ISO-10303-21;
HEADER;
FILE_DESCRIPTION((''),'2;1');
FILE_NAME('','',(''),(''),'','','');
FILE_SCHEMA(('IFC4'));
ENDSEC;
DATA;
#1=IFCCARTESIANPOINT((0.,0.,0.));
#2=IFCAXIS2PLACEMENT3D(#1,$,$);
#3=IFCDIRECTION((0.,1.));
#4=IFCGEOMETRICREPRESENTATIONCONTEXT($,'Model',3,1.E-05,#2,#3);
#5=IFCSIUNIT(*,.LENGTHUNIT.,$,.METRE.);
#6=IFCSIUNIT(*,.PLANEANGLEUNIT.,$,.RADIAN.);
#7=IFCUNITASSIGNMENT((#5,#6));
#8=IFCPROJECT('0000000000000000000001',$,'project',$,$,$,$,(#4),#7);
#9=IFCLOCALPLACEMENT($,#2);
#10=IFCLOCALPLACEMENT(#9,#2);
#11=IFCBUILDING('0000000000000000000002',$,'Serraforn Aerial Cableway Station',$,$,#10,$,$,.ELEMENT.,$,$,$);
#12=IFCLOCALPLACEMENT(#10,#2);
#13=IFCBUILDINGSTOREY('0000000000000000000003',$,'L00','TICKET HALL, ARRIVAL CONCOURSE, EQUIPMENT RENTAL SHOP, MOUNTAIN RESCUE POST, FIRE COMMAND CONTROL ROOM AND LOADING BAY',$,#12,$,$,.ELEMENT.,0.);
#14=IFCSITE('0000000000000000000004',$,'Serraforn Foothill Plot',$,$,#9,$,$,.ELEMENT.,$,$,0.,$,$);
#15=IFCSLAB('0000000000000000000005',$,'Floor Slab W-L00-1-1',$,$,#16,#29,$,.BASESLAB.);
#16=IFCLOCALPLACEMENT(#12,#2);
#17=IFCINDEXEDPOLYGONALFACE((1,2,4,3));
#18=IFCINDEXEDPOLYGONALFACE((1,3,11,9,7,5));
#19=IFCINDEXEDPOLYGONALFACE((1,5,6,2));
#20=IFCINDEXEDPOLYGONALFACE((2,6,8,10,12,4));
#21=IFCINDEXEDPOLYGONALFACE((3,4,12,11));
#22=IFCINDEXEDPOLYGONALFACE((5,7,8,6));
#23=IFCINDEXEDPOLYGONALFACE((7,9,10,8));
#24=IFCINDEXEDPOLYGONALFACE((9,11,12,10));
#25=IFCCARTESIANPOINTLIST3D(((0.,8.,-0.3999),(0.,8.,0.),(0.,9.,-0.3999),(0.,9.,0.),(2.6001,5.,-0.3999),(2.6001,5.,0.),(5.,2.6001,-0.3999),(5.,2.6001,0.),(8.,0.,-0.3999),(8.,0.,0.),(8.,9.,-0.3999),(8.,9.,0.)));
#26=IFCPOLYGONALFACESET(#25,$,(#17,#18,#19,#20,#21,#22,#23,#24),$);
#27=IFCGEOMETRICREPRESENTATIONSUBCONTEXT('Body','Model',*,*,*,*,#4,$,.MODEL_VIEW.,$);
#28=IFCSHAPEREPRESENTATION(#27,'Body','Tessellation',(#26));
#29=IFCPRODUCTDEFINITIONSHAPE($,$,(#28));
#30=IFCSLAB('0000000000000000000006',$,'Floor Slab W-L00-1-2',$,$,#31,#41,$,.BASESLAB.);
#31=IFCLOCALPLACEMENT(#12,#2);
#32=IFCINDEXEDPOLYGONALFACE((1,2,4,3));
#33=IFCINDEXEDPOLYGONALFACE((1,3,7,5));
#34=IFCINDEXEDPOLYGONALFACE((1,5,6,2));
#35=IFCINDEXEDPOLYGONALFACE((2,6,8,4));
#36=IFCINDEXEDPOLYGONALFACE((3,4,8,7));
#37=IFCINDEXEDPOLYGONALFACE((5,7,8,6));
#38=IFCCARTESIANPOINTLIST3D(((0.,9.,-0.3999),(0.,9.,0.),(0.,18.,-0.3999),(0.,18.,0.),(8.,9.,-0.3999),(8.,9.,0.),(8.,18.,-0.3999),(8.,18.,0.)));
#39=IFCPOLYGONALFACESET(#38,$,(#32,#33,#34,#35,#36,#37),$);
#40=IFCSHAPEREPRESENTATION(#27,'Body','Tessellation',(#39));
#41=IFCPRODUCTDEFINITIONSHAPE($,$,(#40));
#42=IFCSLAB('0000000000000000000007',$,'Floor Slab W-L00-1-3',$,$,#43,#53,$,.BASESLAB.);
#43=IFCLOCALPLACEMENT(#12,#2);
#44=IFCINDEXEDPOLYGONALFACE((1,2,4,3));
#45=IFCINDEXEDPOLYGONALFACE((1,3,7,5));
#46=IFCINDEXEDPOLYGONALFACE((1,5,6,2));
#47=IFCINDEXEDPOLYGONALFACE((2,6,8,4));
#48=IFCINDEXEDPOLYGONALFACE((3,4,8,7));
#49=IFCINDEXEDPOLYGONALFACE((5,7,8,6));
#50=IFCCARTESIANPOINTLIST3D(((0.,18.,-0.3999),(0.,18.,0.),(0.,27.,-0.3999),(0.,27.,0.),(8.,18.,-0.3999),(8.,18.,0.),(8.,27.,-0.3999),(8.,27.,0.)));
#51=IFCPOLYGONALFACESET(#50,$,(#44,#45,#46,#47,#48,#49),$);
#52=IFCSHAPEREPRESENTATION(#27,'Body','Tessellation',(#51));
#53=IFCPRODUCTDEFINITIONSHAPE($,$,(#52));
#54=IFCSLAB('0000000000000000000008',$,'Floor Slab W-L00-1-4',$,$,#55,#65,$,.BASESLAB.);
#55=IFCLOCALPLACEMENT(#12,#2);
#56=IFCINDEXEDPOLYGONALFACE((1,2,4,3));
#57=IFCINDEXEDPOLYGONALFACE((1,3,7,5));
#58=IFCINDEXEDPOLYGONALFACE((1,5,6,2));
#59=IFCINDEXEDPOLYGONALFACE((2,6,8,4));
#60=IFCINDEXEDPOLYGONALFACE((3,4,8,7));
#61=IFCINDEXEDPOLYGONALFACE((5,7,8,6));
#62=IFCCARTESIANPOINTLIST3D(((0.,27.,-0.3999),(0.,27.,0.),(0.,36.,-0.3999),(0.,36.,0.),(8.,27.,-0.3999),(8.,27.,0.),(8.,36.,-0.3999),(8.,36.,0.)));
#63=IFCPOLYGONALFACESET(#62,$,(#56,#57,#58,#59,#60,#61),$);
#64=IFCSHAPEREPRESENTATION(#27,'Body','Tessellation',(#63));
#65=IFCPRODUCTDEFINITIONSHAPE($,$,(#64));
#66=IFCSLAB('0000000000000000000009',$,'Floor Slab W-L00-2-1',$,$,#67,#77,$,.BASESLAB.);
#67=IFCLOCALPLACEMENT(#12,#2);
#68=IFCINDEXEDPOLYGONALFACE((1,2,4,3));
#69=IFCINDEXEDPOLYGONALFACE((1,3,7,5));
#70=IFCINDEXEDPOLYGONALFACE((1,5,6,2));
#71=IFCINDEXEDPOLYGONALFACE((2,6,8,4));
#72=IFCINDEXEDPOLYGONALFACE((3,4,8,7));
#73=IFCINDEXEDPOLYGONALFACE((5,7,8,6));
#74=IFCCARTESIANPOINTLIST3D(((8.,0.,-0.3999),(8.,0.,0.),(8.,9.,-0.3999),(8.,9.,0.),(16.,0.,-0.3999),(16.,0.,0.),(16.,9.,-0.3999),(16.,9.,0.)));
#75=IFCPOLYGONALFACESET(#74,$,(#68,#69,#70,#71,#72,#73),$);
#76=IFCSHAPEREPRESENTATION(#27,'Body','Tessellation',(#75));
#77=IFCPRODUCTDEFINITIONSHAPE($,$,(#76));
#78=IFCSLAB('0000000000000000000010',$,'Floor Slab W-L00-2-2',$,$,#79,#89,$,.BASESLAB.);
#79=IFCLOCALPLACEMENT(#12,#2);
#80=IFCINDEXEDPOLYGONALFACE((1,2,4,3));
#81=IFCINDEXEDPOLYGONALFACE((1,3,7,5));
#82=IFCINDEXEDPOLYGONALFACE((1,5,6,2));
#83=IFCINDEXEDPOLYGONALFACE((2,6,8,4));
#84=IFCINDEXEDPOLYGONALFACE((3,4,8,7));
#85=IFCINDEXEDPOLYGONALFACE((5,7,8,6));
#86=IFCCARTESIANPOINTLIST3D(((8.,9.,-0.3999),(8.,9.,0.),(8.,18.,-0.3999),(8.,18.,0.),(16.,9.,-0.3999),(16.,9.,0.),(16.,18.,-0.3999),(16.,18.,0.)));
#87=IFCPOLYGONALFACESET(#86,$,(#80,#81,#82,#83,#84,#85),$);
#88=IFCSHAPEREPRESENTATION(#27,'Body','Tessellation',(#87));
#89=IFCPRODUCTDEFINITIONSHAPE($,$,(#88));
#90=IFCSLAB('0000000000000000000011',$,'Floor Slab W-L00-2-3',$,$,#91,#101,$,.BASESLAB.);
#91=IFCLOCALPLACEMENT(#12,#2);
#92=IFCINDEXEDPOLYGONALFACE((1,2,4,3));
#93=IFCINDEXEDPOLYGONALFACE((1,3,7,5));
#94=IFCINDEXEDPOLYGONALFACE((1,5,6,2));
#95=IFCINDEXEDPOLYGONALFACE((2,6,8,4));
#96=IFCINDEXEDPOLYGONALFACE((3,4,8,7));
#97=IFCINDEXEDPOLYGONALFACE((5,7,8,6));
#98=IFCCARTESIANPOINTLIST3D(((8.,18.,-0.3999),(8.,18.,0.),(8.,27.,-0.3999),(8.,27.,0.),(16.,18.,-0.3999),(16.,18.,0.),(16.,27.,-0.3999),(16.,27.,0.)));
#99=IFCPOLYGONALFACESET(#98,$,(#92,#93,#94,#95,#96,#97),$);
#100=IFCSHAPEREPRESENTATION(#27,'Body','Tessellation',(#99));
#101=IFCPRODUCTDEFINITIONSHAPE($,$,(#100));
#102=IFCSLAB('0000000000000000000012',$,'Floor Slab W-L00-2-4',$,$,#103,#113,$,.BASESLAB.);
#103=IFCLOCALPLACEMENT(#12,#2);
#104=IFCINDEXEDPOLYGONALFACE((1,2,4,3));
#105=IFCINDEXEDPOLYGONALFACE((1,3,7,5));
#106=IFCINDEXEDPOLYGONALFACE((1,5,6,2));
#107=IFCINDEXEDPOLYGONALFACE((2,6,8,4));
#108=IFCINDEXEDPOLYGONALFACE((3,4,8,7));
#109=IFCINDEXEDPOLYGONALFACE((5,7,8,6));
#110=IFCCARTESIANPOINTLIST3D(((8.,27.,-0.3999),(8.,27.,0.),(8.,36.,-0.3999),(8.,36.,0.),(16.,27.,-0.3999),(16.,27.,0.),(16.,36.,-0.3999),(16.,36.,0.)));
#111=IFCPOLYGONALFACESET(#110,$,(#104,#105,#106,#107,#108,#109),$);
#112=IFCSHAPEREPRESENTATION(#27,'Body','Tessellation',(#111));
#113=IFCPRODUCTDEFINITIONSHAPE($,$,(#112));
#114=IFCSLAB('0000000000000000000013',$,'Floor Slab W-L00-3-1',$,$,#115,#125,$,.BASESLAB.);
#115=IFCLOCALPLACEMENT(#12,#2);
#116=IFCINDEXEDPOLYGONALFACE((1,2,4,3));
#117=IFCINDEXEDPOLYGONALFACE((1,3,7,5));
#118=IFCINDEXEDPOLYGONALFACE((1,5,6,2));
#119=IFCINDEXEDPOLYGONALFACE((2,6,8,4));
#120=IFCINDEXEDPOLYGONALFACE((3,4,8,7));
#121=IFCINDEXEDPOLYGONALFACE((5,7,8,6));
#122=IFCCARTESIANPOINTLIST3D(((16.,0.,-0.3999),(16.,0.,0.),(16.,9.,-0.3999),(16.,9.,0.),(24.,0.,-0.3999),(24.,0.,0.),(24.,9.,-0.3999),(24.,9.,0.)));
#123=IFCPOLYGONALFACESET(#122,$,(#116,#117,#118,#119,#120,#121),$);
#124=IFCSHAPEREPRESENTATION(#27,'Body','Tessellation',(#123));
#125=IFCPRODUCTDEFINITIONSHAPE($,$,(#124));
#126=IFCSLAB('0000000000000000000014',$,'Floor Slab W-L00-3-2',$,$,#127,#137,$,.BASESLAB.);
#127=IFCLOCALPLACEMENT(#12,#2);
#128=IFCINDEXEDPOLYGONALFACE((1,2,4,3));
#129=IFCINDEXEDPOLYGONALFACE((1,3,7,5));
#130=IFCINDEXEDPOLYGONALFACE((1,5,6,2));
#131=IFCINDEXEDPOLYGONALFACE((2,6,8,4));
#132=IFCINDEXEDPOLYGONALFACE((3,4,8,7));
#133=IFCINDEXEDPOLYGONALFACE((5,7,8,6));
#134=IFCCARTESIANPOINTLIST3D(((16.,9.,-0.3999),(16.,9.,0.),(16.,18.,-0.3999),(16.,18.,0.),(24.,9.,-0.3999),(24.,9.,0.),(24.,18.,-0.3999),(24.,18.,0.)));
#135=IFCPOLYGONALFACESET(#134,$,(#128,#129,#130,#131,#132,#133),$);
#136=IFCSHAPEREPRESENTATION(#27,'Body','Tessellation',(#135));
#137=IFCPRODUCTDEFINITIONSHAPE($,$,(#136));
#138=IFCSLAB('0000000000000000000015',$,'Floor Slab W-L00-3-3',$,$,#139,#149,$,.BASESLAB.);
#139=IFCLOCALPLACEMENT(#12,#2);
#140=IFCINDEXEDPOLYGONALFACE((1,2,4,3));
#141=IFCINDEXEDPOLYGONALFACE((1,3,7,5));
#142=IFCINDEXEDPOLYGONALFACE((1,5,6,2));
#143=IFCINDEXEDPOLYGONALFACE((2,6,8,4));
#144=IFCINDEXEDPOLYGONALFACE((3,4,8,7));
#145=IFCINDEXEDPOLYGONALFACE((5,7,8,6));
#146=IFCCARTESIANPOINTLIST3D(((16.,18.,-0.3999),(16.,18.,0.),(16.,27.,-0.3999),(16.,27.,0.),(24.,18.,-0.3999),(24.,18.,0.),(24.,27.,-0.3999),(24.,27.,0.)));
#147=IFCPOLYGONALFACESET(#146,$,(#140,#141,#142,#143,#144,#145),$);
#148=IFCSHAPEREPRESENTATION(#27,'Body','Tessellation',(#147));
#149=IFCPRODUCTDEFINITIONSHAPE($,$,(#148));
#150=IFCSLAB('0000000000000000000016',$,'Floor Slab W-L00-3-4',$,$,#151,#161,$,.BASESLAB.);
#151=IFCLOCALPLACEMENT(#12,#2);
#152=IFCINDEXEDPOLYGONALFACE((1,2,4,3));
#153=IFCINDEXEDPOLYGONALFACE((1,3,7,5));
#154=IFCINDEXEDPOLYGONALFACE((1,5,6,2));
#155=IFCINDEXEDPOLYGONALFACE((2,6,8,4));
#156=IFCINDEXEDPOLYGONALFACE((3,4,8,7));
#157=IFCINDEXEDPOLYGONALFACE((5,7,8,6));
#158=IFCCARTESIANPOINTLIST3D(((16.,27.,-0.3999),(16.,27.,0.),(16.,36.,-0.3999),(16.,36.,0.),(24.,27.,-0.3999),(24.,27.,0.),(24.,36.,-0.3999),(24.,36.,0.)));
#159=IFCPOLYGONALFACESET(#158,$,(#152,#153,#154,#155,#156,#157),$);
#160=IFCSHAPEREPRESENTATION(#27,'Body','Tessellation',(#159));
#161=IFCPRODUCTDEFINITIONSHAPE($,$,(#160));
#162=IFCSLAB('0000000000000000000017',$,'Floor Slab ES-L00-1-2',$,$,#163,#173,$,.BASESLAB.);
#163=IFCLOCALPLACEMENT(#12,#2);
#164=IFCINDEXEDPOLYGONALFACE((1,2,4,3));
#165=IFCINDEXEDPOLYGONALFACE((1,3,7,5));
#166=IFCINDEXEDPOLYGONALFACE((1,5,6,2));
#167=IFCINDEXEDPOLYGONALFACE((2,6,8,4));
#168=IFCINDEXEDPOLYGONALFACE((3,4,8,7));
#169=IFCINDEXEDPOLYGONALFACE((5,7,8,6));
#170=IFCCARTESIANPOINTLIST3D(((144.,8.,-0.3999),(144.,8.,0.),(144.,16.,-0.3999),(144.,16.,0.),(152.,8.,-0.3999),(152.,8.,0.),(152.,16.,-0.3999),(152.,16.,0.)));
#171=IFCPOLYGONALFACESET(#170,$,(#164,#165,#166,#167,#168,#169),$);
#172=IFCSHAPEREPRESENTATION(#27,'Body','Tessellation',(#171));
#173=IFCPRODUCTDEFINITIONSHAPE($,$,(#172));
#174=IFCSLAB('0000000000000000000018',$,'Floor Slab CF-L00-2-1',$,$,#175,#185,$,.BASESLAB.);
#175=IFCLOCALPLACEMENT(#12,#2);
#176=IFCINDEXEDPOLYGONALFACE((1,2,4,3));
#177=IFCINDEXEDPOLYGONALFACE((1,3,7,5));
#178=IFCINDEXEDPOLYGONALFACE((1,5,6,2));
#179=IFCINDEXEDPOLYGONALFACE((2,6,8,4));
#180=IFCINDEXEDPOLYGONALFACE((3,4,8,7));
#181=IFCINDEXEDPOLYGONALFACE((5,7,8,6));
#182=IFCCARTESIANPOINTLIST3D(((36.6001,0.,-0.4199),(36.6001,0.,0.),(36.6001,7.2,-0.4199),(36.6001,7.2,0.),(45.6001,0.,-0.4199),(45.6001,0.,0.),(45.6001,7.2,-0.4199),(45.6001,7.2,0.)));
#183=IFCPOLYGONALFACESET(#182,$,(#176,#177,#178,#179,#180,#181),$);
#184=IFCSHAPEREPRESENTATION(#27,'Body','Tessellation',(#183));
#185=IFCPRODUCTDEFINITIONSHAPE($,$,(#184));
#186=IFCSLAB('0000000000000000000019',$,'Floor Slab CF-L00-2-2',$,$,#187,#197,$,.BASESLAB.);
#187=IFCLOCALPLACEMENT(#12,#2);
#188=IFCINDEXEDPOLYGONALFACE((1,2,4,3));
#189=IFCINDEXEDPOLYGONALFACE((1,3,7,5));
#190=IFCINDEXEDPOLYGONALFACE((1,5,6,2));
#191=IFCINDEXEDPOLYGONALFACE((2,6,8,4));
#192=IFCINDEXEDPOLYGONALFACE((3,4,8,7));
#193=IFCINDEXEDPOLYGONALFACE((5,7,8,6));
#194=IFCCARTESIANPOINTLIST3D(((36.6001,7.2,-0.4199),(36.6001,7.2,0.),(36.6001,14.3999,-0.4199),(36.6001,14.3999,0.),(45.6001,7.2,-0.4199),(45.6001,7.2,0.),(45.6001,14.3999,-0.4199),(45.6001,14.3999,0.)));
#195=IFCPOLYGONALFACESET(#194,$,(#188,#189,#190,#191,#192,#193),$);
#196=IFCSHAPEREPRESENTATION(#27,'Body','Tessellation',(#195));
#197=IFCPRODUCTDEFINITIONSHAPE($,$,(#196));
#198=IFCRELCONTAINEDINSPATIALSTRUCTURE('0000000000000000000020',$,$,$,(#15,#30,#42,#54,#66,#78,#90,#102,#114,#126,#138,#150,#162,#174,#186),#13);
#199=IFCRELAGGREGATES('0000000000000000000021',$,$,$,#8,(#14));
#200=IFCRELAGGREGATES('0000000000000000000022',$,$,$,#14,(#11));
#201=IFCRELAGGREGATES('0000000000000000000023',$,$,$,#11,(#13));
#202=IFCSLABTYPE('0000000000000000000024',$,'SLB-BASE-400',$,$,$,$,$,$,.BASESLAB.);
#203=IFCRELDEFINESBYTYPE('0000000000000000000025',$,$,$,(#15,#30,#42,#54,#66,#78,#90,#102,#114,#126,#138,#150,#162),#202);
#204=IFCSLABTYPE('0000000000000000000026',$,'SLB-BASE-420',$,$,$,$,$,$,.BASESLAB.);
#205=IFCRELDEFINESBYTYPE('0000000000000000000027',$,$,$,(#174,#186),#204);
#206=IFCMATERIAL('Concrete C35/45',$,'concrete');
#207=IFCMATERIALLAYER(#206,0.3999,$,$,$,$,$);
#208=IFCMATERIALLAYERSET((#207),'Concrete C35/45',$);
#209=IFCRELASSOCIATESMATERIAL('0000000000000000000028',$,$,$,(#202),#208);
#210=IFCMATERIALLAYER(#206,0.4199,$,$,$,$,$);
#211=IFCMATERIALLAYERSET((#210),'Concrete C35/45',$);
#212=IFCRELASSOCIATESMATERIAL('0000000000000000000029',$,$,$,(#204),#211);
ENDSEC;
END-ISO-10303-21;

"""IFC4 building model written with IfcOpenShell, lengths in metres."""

from ifc_helpers import new_model, si_unit, direction, frame, origin, place, context, subcontext, project, spatial, polyline, outline, extrude, material, layer, layer_set, type_object, element, save


model = new_model("IFC4")

# Units and contexts
model_context = context("Model", 3, precision=1e-05, world=origin(), true_north=direction((0.0, 1.0)))
body_context = subcontext(model_context, "Body", "Model", "MODEL_VIEW")
ifc_project = project(units=[si_unit("LENGTHUNIT", "METRE"), si_unit("PLANEANGLEUNIT", "RADIAN")], contexts=[model_context])

# Site, building, storey
site_placement = place(None, origin())
site = spatial("IfcSite", under=ifc_project, at=site_placement, Name="Serraforn Foothill Plot", CompositionType="ELEMENT", RefElevation=0.0)
building_placement = place(site_placement, origin())
building = spatial("IfcBuilding", under=site, at=building_placement, Name="Serraforn Aerial Cableway Station", CompositionType="ELEMENT")
storey_placement = place(building_placement, origin())
storey = spatial("IfcBuildingStorey", under=building, at=storey_placement, Name="L00", Description="TICKET HALL, ARRIVAL CONCOURSE, EQUIPMENT RENTAL SHOP, MOUNTAIN RESCUE POST, FIRE COMMAND CONTROL ROOM AND LOADING BAY", CompositionType="ELEMENT", Elevation=0.0)

# Slabs
ifc_material = material(Name="Concrete C35/45", Category="concrete")
ifc_layer_1 = layer(ifc_material, 0.3999)
ifc_layer_set_1 = layer_set([ifc_layer_1], Name="Concrete C35/45")
slab_type_1 = type_object("IfcSlabType", Name="SLB-BASE-400", PredefinedType="BASESLAB", material=ifc_layer_set_1)
slab_1_placement = place(storey_placement, frame((0.0, 0.0, -0.3999)))
element("IfcSlab", 1, at=slab_1_placement, inside=storey, type_object=slab_type_1, Name="Floor Slab W-L00-1-1", PredefinedType="BASESLAB", context=body_context, shape_type="SweptSolid", body=[
    extrude(outline(polyline([(8.0, 0.0), (8.0, 0.0), (8.0, 9.0), (0.0, 9.0), (0.0, 8.0), (2.6001, 5.0), (5.0, 2.6001), (8.0, 0.0)])), origin(), (0.0, 0.0, 1.0), 0.3999),
])
slab_2_placement = place(storey_placement, frame((0.0, 0.0, -0.3999)))
element("IfcSlab", 2, at=slab_2_placement, inside=storey, type_object=slab_type_1, Name="Floor Slab W-L00-1-2", PredefinedType="BASESLAB", context=body_context, shape_type="SweptSolid", body=[
    extrude(outline(polyline([(0.0, 9.0), (8.0, 9.0), (8.0, 18.0), (0.0, 18.0), (0.0, 9.0)])), origin(), (0.0, 0.0, 1.0), 0.3999),
])
slab_3_placement = place(storey_placement, frame((0.0, 0.0, -0.3999)))
element("IfcSlab", 3, at=slab_3_placement, inside=storey, type_object=slab_type_1, Name="Floor Slab W-L00-1-3", PredefinedType="BASESLAB", context=body_context, shape_type="SweptSolid", body=[
    extrude(outline(polyline([(0.0, 18.0), (8.0, 18.0), (8.0, 27.0), (0.0, 27.0), (0.0, 18.0)])), origin(), (0.0, 0.0, 1.0), 0.3999),
])
slab_4_placement = place(storey_placement, frame((0.0, 0.0, -0.3999)))
element("IfcSlab", 4, at=slab_4_placement, inside=storey, type_object=slab_type_1, Name="Floor Slab W-L00-1-4", PredefinedType="BASESLAB", context=body_context, shape_type="SweptSolid", body=[
    extrude(outline(polyline([(0.0, 27.0), (8.0, 27.0), (8.0, 36.0), (0.0, 36.0), (0.0, 27.0)])), origin(), (0.0, 0.0, 1.0), 0.3999),
])
slab_5_placement = place(storey_placement, frame((0.0, 0.0, -0.3999)))
element("IfcSlab", 5, at=slab_5_placement, inside=storey, type_object=slab_type_1, Name="Floor Slab W-L00-2-1", PredefinedType="BASESLAB", context=body_context, shape_type="SweptSolid", body=[
    extrude(outline(polyline([(8.0, 0.0), (16.0, 0.0), (16.0, 9.0), (8.0, 9.0), (8.0, 0.0)])), origin(), (0.0, 0.0, 1.0), 0.3999),
])
slab_6_placement = place(storey_placement, frame((0.0, 0.0, -0.3999)))
element("IfcSlab", 6, at=slab_6_placement, inside=storey, type_object=slab_type_1, Name="Floor Slab W-L00-2-2", PredefinedType="BASESLAB", context=body_context, shape_type="SweptSolid", body=[
    extrude(outline(polyline([(8.0, 9.0), (16.0, 9.0), (16.0, 18.0), (8.0, 18.0), (8.0, 9.0)])), origin(), (0.0, 0.0, 1.0), 0.3999),
])
slab_7_placement = place(storey_placement, frame((0.0, 0.0, -0.3999)))
element("IfcSlab", 7, at=slab_7_placement, inside=storey, type_object=slab_type_1, Name="Floor Slab W-L00-2-3", PredefinedType="BASESLAB", context=body_context, shape_type="SweptSolid", body=[
    extrude(outline(polyline([(8.0, 18.0), (16.0, 18.0), (16.0, 27.0), (8.0, 27.0), (8.0, 18.0)])), origin(), (0.0, 0.0, 1.0), 0.3999),
])
slab_8_placement = place(storey_placement, frame((0.0, 0.0, -0.3999)))
element("IfcSlab", 8, at=slab_8_placement, inside=storey, type_object=slab_type_1, Name="Floor Slab W-L00-2-4", PredefinedType="BASESLAB", context=body_context, shape_type="SweptSolid", body=[
    extrude(outline(polyline([(8.0, 27.0), (16.0, 27.0), (16.0, 36.0), (8.0, 36.0), (8.0, 27.0)])), origin(), (0.0, 0.0, 1.0), 0.3999),
])
slab_9_placement = place(storey_placement, frame((0.0, 0.0, -0.3999)))
element("IfcSlab", 9, at=slab_9_placement, inside=storey, type_object=slab_type_1, Name="Floor Slab W-L00-3-1", PredefinedType="BASESLAB", context=body_context, shape_type="SweptSolid", body=[
    extrude(outline(polyline([(16.0, 0.0), (24.0, 0.0), (24.0, 9.0), (16.0, 9.0), (16.0, 0.0)])), origin(), (0.0, 0.0, 1.0), 0.3999),
])
slab_10_placement = place(storey_placement, frame((0.0, 0.0, -0.3999)))
element("IfcSlab", 10, at=slab_10_placement, inside=storey, type_object=slab_type_1, Name="Floor Slab W-L00-3-2", PredefinedType="BASESLAB", context=body_context, shape_type="SweptSolid", body=[
    extrude(outline(polyline([(16.0, 9.0), (24.0, 9.0), (24.0, 18.0), (16.0, 18.0), (16.0, 9.0)])), origin(), (0.0, 0.0, 1.0), 0.3999),
])
slab_11_placement = place(storey_placement, frame((0.0, 0.0, -0.3999)))
element("IfcSlab", 11, at=slab_11_placement, inside=storey, type_object=slab_type_1, Name="Floor Slab W-L00-3-3", PredefinedType="BASESLAB", context=body_context, shape_type="SweptSolid", body=[
    extrude(outline(polyline([(16.0, 18.0), (24.0, 18.0), (24.0, 27.0), (16.0, 27.0), (16.0, 18.0)])), origin(), (0.0, 0.0, 1.0), 0.3999),
])
slab_12_placement = place(storey_placement, frame((0.0, 0.0, -0.3999)))
element("IfcSlab", 12, at=slab_12_placement, inside=storey, type_object=slab_type_1, Name="Floor Slab W-L00-3-4", PredefinedType="BASESLAB", context=body_context, shape_type="SweptSolid", body=[
    extrude(outline(polyline([(16.0, 27.0), (24.0, 27.0), (24.0, 36.0), (16.0, 36.0), (16.0, 27.0)])), origin(), (0.0, 0.0, 1.0), 0.3999),
])
slab_13_placement = place(storey_placement, frame((0.0, 0.0, -0.3999)))
element("IfcSlab", 13, at=slab_13_placement, inside=storey, type_object=slab_type_1, Name="Floor Slab ES-L00-1-2", PredefinedType="BASESLAB", context=body_context, shape_type="SweptSolid", body=[
    extrude(outline(polyline([(144.0, 8.0), (152.0, 8.0), (152.0, 16.0), (144.0, 16.0), (144.0, 8.0)])), origin(), (0.0, 0.0, 1.0), 0.3999),
])
ifc_layer_2 = layer(ifc_material, 0.4199)
ifc_layer_set_2 = layer_set([ifc_layer_2], Name="Concrete C35/45")
slab_type_2 = type_object("IfcSlabType", Name="SLB-BASE-420", PredefinedType="BASESLAB", material=ifc_layer_set_2)
slab_14_placement = place(storey_placement, frame((0.0, 0.0, -0.4199)))
element("IfcSlab", 14, at=slab_14_placement, inside=storey, type_object=slab_type_2, Name="Floor Slab CF-L00-2-1", PredefinedType="BASESLAB", context=body_context, shape_type="SweptSolid", body=[
    extrude(outline(polyline([(36.6001, 0.0), (45.6001, 0.0), (45.6001, 7.2), (36.6001, 7.2), (36.6001, 0.0)])), origin(), (0.0, 0.0, 1.0), 0.4199),
])
slab_15_placement = place(storey_placement, frame((0.0, 0.0, -0.4199)))
element("IfcSlab", 15, at=slab_15_placement, inside=storey, type_object=slab_type_2, Name="Floor Slab CF-L00-2-2", PredefinedType="BASESLAB", context=body_context, shape_type="SweptSolid", body=[
    extrude(outline(polyline([(36.6001, 7.2), (45.6001, 7.2), (45.6001, 14.3999), (36.6001, 14.3999), (36.6001, 7.2)])), origin(), (0.0, 0.0, 1.0), 0.4199),
])

save(model, "model.ifc")
